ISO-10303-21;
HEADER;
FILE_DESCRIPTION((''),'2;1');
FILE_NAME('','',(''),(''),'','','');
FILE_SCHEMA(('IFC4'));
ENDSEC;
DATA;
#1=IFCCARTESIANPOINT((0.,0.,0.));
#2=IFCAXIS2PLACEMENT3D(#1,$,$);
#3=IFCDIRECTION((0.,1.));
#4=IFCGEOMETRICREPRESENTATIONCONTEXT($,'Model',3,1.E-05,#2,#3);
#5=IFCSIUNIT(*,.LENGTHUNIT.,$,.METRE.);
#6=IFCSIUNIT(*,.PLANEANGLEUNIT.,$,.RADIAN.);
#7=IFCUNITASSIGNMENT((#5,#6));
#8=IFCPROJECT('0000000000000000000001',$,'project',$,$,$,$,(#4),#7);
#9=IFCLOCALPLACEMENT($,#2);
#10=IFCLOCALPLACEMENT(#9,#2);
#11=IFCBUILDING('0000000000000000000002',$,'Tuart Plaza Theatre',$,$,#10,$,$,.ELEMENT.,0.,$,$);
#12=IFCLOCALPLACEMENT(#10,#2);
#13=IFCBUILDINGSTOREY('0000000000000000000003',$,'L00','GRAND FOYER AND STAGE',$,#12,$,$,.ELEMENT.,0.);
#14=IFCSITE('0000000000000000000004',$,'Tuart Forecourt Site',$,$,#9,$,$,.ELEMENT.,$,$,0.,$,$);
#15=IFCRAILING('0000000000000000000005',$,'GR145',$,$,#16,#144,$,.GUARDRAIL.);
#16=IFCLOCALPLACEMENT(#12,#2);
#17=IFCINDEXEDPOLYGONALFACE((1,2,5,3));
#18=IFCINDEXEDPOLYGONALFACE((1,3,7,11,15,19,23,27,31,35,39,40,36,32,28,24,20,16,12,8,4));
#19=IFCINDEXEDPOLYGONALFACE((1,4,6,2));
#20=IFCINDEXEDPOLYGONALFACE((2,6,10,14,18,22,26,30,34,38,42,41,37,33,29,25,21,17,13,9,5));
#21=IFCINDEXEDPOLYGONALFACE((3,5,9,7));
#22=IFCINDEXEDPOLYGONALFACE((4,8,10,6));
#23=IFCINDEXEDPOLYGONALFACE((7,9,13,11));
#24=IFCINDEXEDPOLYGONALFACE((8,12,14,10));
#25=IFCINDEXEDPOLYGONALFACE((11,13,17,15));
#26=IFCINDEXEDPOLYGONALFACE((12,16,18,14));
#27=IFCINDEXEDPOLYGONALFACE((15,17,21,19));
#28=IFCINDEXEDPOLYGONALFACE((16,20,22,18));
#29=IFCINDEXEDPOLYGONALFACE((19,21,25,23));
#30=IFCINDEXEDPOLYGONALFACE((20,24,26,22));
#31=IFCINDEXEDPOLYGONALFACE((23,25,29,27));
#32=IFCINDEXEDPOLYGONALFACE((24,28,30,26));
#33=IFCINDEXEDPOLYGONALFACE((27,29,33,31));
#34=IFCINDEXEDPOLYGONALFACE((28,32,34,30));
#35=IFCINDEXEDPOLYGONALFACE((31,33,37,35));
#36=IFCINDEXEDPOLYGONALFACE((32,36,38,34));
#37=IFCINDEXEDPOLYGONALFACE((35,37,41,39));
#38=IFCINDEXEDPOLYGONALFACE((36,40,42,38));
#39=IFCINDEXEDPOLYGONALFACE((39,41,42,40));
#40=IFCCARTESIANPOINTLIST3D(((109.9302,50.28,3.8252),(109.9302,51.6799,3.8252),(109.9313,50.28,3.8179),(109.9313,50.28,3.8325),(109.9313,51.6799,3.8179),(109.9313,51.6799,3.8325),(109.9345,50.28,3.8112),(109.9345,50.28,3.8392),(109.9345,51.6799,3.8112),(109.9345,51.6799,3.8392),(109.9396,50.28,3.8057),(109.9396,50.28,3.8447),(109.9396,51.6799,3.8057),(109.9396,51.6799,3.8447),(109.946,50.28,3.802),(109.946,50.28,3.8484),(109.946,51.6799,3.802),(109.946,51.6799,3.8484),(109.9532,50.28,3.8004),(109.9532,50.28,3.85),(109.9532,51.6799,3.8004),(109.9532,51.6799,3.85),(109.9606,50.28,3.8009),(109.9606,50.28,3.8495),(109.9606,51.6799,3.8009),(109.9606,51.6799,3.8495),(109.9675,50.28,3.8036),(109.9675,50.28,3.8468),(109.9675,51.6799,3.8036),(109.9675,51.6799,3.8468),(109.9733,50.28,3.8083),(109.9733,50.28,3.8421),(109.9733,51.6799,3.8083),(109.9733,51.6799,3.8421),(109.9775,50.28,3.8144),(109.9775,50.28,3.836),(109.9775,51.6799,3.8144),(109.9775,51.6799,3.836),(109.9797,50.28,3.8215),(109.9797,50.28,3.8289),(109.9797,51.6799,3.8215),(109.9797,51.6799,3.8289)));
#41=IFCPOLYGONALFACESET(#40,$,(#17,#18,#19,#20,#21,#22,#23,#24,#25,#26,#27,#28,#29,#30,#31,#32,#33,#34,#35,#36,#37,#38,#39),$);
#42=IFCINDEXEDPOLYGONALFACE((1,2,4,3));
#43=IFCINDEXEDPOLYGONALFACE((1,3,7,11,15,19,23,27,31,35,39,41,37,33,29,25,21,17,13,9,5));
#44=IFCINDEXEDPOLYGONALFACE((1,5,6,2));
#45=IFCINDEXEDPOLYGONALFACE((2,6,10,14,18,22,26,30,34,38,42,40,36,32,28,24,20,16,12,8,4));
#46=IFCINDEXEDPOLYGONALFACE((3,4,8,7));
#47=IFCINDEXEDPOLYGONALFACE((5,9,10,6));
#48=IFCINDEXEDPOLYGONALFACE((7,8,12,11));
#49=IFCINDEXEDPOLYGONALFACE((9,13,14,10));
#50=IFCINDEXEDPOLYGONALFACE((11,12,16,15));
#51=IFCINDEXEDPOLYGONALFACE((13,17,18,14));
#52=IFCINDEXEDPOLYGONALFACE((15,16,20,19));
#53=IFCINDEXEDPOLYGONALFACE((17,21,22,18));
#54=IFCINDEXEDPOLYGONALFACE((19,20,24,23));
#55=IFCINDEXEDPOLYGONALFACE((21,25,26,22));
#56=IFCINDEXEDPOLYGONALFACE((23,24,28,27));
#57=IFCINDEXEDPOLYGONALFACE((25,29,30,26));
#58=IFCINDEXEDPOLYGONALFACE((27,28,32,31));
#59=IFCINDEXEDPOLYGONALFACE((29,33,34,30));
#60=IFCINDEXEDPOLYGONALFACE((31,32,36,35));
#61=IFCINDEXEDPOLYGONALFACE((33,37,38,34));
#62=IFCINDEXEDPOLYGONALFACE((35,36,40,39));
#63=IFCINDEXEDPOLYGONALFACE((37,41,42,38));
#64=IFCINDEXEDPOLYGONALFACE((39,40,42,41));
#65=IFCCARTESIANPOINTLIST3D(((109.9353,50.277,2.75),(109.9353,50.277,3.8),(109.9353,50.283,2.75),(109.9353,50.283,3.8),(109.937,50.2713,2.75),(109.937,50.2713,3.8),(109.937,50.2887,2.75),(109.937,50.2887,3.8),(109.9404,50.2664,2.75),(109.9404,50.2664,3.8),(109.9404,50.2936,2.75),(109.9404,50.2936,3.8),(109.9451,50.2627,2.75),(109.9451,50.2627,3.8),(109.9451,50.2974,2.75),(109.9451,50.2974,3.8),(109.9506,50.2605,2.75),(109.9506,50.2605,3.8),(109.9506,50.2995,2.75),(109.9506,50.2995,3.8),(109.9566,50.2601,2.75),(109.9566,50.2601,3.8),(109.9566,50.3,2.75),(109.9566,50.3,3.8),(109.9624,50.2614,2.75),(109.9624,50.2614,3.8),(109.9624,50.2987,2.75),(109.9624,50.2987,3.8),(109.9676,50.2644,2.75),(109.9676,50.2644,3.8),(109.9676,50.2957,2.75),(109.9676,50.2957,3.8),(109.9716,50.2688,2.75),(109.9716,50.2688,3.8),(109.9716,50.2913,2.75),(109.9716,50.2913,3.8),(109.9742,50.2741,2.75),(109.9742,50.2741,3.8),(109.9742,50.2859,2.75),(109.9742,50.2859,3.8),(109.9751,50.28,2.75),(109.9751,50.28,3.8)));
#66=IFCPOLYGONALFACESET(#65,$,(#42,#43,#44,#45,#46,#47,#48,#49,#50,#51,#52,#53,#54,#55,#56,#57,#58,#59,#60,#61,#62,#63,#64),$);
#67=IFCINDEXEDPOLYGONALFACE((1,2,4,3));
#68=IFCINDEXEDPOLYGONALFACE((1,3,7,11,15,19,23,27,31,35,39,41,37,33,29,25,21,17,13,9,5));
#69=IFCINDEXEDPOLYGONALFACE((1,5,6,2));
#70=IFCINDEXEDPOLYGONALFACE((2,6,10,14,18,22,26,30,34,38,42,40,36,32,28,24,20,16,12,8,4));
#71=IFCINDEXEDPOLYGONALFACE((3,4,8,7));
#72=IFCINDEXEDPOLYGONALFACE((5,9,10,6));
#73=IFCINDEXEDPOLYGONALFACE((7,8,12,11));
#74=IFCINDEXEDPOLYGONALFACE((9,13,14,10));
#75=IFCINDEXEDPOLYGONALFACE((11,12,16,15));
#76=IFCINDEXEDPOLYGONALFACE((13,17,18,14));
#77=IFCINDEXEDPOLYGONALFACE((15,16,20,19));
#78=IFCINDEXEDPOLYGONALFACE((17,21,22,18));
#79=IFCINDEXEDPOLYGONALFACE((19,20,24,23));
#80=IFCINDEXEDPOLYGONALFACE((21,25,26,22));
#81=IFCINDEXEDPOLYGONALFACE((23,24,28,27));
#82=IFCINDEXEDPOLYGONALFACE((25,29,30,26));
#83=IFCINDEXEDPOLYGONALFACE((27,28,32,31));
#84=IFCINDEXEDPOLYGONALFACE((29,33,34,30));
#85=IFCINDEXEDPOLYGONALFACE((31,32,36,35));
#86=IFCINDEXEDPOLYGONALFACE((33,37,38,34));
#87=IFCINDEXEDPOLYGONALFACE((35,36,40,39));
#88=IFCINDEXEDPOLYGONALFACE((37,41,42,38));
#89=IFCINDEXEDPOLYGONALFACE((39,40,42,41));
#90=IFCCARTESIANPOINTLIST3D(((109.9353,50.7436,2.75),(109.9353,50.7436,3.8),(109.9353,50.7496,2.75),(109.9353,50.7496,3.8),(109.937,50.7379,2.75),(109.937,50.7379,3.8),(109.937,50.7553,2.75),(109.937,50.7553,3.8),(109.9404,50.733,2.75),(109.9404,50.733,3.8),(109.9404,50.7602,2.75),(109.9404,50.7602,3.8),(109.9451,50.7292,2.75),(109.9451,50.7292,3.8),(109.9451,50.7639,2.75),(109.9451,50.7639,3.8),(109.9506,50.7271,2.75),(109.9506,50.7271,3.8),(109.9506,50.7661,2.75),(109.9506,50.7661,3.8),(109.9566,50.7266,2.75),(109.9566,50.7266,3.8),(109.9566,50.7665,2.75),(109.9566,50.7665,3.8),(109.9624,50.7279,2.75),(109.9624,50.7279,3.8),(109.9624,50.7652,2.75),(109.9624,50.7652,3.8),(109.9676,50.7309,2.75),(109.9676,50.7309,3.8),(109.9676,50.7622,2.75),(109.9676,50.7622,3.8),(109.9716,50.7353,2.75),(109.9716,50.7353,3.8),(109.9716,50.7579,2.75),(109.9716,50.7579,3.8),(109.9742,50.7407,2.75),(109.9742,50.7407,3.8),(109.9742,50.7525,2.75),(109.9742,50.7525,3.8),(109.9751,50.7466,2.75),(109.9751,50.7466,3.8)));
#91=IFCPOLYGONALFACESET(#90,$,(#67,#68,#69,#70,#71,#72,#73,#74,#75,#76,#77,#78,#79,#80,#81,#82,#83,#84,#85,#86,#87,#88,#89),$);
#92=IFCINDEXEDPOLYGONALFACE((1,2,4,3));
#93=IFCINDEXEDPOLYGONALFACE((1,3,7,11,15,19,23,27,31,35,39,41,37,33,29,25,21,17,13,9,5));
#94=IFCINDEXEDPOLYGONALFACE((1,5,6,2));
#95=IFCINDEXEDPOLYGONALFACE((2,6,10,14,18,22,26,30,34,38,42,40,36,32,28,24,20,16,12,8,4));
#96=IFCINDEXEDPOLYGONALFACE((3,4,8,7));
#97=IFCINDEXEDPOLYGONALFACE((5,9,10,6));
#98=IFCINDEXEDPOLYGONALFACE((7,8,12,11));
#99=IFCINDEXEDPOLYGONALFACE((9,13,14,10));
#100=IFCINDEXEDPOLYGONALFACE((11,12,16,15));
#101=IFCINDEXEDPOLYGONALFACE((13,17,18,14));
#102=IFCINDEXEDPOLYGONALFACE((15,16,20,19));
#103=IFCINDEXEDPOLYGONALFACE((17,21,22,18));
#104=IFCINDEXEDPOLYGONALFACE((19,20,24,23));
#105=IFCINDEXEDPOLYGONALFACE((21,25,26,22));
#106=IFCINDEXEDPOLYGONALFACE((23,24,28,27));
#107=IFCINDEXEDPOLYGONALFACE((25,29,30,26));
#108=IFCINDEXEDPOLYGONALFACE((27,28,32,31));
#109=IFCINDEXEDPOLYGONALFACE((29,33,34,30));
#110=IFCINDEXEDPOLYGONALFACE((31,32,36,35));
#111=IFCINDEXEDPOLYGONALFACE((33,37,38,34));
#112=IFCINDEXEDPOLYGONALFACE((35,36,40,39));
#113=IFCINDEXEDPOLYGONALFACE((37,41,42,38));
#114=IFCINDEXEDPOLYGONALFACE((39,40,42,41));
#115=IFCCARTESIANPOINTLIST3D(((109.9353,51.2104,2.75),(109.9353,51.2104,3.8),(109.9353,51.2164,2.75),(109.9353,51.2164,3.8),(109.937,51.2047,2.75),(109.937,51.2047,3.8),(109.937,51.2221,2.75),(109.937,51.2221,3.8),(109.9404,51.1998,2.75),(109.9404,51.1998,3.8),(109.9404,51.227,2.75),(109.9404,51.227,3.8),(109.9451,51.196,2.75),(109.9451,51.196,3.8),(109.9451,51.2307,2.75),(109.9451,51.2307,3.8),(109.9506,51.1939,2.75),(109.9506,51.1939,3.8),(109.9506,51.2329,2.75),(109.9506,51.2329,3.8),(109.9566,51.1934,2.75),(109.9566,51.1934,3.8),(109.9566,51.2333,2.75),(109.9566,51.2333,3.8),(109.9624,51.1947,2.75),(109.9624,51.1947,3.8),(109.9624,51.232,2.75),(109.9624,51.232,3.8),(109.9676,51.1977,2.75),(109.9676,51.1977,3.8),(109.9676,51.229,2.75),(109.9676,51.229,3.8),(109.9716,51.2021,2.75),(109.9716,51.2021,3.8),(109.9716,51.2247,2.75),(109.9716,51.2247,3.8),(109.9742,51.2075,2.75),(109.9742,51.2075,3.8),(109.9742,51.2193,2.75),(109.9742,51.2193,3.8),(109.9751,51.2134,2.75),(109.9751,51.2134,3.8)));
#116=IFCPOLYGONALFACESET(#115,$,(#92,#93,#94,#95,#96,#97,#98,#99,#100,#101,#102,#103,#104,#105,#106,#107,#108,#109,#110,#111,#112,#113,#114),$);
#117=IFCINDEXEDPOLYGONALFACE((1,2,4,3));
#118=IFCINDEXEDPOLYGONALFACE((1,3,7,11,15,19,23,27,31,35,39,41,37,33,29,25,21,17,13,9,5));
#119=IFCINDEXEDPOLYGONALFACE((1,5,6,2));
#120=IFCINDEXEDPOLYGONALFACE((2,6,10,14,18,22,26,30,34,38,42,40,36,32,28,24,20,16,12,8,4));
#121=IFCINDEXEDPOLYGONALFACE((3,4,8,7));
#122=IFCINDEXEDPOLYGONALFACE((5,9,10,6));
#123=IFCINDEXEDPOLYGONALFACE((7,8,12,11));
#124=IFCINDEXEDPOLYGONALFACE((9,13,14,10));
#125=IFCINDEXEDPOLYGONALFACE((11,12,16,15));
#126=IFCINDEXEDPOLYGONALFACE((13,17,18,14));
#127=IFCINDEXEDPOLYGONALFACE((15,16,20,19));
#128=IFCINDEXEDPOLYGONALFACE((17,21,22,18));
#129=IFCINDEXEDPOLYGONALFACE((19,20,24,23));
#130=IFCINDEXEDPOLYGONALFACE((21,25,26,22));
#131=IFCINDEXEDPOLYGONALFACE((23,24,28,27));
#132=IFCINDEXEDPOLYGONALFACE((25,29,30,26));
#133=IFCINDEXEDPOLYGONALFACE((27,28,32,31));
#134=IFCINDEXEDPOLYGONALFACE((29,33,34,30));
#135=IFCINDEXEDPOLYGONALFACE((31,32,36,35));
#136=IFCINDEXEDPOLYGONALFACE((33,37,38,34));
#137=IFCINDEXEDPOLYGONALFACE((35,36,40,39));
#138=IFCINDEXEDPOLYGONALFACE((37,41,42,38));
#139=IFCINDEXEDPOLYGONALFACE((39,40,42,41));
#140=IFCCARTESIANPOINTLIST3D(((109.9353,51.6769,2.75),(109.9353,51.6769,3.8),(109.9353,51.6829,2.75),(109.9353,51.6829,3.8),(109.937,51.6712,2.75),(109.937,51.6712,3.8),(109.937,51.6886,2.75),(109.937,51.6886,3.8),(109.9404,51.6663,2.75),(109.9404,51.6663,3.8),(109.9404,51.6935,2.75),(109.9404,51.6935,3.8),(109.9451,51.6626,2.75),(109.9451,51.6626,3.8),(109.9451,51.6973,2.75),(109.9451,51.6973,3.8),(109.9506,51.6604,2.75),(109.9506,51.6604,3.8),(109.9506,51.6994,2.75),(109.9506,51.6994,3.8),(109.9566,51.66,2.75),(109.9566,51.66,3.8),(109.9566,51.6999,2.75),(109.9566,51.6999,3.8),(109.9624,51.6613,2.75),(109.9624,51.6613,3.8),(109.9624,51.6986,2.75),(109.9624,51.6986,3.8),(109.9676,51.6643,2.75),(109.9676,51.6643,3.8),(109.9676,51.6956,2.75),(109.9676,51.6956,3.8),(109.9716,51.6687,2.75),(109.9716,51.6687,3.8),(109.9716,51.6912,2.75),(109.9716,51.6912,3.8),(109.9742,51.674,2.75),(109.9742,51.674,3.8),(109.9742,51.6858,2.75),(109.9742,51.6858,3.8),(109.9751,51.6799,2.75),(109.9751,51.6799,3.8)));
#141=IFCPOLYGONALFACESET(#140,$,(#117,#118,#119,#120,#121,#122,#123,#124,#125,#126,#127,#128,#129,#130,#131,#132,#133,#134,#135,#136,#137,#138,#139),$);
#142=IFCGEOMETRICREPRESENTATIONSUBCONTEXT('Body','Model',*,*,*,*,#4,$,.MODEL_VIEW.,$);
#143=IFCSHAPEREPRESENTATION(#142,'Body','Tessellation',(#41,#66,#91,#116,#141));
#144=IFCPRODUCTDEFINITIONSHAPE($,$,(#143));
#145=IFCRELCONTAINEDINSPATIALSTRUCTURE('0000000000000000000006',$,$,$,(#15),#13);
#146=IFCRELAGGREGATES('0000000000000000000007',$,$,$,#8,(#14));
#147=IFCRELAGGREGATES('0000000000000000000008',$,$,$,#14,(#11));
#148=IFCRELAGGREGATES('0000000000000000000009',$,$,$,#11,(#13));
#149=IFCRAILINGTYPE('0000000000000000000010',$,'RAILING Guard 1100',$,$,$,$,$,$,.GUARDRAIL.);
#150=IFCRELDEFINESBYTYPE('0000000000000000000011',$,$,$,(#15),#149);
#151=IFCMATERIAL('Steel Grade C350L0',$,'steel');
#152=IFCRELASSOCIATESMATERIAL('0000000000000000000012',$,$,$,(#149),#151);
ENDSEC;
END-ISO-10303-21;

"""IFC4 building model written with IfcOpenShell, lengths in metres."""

from ifc_helpers import new_model, si_unit, direction, frame, origin, origin_2d, place, context, subcontext, project, spatial, circle, extrude, material, type_object, element, save


model = new_model("IFC4")

# Units and contexts
model_context = context("Model", 3, precision=1e-05, world=origin(), true_north=direction((0.0, 1.0)))
body_context = subcontext(model_context, "Body", "Model", "MODEL_VIEW")
ifc_project = project(units=[si_unit("LENGTHUNIT", "METRE"), si_unit("PLANEANGLEUNIT", "RADIAN")], contexts=[model_context])

# Site, building, storey
site_placement = place(None, origin())
site = spatial("IfcSite", under=ifc_project, at=site_placement, Name="Tuart Forecourt Site", CompositionType="ELEMENT", RefElevation=0.0)
building_placement = place(site_placement, origin())
building = spatial("IfcBuilding", under=site, at=building_placement, Name="Tuart Plaza Theatre", CompositionType="ELEMENT", ElevationOfRefHeight=0.0)
storey_placement = place(building_placement, origin())
storey = spatial("IfcBuildingStorey", under=building, at=storey_placement, Name="L00", Description="GRAND FOYER AND STAGE", CompositionType="ELEMENT", Elevation=0.0)

# Railing
ifc_material_1 = material(Name="Steel Grade C350L0", Category="steel")
railing_type_1 = type_object("IfcRailingType", Name="RAILING Guard 1100", PredefinedType="GUARDRAIL", material=ifc_material_1)
railing_1_placement = place(storey_placement, frame((109.9551, 50.28, 2.75)))
element("IfcRailing", 1, at=railing_1_placement, inside=storey, type_object=railing_type_1, Name="GR145", PredefinedType="GUARDRAIL", context=body_context, shape_type="SweptSolid", body=[
    extrude(circle(Radius=0.0249, at=origin_2d()), frame((0.0, 0.0, 1.0752), z_axis=(0.0, 1.0, 0.0), x_axis=(-1.0, 0.0, 0.0)), (0.0, 0.0, 1.0), 1.3999),
    extrude(circle(Radius=0.02, at=origin_2d()), origin(), (0.0, 0.0, 1.0), 1.05),
    extrude(circle(Radius=0.02, at=origin_2d()), frame((0.0, 0.4666, 0.0)), (0.0, 0.0, 1.0), 1.05),
    extrude(circle(Radius=0.02, at=origin_2d()), frame((0.0, 0.9333, 0.0)), (0.0, 0.0, 1.0), 1.05),
    extrude(circle(Radius=0.02, at=origin_2d()), frame((0.0, 1.3999, 0.0)), (0.0, 0.0, 1.0), 1.05),
])

save(model, "model.ifc")
